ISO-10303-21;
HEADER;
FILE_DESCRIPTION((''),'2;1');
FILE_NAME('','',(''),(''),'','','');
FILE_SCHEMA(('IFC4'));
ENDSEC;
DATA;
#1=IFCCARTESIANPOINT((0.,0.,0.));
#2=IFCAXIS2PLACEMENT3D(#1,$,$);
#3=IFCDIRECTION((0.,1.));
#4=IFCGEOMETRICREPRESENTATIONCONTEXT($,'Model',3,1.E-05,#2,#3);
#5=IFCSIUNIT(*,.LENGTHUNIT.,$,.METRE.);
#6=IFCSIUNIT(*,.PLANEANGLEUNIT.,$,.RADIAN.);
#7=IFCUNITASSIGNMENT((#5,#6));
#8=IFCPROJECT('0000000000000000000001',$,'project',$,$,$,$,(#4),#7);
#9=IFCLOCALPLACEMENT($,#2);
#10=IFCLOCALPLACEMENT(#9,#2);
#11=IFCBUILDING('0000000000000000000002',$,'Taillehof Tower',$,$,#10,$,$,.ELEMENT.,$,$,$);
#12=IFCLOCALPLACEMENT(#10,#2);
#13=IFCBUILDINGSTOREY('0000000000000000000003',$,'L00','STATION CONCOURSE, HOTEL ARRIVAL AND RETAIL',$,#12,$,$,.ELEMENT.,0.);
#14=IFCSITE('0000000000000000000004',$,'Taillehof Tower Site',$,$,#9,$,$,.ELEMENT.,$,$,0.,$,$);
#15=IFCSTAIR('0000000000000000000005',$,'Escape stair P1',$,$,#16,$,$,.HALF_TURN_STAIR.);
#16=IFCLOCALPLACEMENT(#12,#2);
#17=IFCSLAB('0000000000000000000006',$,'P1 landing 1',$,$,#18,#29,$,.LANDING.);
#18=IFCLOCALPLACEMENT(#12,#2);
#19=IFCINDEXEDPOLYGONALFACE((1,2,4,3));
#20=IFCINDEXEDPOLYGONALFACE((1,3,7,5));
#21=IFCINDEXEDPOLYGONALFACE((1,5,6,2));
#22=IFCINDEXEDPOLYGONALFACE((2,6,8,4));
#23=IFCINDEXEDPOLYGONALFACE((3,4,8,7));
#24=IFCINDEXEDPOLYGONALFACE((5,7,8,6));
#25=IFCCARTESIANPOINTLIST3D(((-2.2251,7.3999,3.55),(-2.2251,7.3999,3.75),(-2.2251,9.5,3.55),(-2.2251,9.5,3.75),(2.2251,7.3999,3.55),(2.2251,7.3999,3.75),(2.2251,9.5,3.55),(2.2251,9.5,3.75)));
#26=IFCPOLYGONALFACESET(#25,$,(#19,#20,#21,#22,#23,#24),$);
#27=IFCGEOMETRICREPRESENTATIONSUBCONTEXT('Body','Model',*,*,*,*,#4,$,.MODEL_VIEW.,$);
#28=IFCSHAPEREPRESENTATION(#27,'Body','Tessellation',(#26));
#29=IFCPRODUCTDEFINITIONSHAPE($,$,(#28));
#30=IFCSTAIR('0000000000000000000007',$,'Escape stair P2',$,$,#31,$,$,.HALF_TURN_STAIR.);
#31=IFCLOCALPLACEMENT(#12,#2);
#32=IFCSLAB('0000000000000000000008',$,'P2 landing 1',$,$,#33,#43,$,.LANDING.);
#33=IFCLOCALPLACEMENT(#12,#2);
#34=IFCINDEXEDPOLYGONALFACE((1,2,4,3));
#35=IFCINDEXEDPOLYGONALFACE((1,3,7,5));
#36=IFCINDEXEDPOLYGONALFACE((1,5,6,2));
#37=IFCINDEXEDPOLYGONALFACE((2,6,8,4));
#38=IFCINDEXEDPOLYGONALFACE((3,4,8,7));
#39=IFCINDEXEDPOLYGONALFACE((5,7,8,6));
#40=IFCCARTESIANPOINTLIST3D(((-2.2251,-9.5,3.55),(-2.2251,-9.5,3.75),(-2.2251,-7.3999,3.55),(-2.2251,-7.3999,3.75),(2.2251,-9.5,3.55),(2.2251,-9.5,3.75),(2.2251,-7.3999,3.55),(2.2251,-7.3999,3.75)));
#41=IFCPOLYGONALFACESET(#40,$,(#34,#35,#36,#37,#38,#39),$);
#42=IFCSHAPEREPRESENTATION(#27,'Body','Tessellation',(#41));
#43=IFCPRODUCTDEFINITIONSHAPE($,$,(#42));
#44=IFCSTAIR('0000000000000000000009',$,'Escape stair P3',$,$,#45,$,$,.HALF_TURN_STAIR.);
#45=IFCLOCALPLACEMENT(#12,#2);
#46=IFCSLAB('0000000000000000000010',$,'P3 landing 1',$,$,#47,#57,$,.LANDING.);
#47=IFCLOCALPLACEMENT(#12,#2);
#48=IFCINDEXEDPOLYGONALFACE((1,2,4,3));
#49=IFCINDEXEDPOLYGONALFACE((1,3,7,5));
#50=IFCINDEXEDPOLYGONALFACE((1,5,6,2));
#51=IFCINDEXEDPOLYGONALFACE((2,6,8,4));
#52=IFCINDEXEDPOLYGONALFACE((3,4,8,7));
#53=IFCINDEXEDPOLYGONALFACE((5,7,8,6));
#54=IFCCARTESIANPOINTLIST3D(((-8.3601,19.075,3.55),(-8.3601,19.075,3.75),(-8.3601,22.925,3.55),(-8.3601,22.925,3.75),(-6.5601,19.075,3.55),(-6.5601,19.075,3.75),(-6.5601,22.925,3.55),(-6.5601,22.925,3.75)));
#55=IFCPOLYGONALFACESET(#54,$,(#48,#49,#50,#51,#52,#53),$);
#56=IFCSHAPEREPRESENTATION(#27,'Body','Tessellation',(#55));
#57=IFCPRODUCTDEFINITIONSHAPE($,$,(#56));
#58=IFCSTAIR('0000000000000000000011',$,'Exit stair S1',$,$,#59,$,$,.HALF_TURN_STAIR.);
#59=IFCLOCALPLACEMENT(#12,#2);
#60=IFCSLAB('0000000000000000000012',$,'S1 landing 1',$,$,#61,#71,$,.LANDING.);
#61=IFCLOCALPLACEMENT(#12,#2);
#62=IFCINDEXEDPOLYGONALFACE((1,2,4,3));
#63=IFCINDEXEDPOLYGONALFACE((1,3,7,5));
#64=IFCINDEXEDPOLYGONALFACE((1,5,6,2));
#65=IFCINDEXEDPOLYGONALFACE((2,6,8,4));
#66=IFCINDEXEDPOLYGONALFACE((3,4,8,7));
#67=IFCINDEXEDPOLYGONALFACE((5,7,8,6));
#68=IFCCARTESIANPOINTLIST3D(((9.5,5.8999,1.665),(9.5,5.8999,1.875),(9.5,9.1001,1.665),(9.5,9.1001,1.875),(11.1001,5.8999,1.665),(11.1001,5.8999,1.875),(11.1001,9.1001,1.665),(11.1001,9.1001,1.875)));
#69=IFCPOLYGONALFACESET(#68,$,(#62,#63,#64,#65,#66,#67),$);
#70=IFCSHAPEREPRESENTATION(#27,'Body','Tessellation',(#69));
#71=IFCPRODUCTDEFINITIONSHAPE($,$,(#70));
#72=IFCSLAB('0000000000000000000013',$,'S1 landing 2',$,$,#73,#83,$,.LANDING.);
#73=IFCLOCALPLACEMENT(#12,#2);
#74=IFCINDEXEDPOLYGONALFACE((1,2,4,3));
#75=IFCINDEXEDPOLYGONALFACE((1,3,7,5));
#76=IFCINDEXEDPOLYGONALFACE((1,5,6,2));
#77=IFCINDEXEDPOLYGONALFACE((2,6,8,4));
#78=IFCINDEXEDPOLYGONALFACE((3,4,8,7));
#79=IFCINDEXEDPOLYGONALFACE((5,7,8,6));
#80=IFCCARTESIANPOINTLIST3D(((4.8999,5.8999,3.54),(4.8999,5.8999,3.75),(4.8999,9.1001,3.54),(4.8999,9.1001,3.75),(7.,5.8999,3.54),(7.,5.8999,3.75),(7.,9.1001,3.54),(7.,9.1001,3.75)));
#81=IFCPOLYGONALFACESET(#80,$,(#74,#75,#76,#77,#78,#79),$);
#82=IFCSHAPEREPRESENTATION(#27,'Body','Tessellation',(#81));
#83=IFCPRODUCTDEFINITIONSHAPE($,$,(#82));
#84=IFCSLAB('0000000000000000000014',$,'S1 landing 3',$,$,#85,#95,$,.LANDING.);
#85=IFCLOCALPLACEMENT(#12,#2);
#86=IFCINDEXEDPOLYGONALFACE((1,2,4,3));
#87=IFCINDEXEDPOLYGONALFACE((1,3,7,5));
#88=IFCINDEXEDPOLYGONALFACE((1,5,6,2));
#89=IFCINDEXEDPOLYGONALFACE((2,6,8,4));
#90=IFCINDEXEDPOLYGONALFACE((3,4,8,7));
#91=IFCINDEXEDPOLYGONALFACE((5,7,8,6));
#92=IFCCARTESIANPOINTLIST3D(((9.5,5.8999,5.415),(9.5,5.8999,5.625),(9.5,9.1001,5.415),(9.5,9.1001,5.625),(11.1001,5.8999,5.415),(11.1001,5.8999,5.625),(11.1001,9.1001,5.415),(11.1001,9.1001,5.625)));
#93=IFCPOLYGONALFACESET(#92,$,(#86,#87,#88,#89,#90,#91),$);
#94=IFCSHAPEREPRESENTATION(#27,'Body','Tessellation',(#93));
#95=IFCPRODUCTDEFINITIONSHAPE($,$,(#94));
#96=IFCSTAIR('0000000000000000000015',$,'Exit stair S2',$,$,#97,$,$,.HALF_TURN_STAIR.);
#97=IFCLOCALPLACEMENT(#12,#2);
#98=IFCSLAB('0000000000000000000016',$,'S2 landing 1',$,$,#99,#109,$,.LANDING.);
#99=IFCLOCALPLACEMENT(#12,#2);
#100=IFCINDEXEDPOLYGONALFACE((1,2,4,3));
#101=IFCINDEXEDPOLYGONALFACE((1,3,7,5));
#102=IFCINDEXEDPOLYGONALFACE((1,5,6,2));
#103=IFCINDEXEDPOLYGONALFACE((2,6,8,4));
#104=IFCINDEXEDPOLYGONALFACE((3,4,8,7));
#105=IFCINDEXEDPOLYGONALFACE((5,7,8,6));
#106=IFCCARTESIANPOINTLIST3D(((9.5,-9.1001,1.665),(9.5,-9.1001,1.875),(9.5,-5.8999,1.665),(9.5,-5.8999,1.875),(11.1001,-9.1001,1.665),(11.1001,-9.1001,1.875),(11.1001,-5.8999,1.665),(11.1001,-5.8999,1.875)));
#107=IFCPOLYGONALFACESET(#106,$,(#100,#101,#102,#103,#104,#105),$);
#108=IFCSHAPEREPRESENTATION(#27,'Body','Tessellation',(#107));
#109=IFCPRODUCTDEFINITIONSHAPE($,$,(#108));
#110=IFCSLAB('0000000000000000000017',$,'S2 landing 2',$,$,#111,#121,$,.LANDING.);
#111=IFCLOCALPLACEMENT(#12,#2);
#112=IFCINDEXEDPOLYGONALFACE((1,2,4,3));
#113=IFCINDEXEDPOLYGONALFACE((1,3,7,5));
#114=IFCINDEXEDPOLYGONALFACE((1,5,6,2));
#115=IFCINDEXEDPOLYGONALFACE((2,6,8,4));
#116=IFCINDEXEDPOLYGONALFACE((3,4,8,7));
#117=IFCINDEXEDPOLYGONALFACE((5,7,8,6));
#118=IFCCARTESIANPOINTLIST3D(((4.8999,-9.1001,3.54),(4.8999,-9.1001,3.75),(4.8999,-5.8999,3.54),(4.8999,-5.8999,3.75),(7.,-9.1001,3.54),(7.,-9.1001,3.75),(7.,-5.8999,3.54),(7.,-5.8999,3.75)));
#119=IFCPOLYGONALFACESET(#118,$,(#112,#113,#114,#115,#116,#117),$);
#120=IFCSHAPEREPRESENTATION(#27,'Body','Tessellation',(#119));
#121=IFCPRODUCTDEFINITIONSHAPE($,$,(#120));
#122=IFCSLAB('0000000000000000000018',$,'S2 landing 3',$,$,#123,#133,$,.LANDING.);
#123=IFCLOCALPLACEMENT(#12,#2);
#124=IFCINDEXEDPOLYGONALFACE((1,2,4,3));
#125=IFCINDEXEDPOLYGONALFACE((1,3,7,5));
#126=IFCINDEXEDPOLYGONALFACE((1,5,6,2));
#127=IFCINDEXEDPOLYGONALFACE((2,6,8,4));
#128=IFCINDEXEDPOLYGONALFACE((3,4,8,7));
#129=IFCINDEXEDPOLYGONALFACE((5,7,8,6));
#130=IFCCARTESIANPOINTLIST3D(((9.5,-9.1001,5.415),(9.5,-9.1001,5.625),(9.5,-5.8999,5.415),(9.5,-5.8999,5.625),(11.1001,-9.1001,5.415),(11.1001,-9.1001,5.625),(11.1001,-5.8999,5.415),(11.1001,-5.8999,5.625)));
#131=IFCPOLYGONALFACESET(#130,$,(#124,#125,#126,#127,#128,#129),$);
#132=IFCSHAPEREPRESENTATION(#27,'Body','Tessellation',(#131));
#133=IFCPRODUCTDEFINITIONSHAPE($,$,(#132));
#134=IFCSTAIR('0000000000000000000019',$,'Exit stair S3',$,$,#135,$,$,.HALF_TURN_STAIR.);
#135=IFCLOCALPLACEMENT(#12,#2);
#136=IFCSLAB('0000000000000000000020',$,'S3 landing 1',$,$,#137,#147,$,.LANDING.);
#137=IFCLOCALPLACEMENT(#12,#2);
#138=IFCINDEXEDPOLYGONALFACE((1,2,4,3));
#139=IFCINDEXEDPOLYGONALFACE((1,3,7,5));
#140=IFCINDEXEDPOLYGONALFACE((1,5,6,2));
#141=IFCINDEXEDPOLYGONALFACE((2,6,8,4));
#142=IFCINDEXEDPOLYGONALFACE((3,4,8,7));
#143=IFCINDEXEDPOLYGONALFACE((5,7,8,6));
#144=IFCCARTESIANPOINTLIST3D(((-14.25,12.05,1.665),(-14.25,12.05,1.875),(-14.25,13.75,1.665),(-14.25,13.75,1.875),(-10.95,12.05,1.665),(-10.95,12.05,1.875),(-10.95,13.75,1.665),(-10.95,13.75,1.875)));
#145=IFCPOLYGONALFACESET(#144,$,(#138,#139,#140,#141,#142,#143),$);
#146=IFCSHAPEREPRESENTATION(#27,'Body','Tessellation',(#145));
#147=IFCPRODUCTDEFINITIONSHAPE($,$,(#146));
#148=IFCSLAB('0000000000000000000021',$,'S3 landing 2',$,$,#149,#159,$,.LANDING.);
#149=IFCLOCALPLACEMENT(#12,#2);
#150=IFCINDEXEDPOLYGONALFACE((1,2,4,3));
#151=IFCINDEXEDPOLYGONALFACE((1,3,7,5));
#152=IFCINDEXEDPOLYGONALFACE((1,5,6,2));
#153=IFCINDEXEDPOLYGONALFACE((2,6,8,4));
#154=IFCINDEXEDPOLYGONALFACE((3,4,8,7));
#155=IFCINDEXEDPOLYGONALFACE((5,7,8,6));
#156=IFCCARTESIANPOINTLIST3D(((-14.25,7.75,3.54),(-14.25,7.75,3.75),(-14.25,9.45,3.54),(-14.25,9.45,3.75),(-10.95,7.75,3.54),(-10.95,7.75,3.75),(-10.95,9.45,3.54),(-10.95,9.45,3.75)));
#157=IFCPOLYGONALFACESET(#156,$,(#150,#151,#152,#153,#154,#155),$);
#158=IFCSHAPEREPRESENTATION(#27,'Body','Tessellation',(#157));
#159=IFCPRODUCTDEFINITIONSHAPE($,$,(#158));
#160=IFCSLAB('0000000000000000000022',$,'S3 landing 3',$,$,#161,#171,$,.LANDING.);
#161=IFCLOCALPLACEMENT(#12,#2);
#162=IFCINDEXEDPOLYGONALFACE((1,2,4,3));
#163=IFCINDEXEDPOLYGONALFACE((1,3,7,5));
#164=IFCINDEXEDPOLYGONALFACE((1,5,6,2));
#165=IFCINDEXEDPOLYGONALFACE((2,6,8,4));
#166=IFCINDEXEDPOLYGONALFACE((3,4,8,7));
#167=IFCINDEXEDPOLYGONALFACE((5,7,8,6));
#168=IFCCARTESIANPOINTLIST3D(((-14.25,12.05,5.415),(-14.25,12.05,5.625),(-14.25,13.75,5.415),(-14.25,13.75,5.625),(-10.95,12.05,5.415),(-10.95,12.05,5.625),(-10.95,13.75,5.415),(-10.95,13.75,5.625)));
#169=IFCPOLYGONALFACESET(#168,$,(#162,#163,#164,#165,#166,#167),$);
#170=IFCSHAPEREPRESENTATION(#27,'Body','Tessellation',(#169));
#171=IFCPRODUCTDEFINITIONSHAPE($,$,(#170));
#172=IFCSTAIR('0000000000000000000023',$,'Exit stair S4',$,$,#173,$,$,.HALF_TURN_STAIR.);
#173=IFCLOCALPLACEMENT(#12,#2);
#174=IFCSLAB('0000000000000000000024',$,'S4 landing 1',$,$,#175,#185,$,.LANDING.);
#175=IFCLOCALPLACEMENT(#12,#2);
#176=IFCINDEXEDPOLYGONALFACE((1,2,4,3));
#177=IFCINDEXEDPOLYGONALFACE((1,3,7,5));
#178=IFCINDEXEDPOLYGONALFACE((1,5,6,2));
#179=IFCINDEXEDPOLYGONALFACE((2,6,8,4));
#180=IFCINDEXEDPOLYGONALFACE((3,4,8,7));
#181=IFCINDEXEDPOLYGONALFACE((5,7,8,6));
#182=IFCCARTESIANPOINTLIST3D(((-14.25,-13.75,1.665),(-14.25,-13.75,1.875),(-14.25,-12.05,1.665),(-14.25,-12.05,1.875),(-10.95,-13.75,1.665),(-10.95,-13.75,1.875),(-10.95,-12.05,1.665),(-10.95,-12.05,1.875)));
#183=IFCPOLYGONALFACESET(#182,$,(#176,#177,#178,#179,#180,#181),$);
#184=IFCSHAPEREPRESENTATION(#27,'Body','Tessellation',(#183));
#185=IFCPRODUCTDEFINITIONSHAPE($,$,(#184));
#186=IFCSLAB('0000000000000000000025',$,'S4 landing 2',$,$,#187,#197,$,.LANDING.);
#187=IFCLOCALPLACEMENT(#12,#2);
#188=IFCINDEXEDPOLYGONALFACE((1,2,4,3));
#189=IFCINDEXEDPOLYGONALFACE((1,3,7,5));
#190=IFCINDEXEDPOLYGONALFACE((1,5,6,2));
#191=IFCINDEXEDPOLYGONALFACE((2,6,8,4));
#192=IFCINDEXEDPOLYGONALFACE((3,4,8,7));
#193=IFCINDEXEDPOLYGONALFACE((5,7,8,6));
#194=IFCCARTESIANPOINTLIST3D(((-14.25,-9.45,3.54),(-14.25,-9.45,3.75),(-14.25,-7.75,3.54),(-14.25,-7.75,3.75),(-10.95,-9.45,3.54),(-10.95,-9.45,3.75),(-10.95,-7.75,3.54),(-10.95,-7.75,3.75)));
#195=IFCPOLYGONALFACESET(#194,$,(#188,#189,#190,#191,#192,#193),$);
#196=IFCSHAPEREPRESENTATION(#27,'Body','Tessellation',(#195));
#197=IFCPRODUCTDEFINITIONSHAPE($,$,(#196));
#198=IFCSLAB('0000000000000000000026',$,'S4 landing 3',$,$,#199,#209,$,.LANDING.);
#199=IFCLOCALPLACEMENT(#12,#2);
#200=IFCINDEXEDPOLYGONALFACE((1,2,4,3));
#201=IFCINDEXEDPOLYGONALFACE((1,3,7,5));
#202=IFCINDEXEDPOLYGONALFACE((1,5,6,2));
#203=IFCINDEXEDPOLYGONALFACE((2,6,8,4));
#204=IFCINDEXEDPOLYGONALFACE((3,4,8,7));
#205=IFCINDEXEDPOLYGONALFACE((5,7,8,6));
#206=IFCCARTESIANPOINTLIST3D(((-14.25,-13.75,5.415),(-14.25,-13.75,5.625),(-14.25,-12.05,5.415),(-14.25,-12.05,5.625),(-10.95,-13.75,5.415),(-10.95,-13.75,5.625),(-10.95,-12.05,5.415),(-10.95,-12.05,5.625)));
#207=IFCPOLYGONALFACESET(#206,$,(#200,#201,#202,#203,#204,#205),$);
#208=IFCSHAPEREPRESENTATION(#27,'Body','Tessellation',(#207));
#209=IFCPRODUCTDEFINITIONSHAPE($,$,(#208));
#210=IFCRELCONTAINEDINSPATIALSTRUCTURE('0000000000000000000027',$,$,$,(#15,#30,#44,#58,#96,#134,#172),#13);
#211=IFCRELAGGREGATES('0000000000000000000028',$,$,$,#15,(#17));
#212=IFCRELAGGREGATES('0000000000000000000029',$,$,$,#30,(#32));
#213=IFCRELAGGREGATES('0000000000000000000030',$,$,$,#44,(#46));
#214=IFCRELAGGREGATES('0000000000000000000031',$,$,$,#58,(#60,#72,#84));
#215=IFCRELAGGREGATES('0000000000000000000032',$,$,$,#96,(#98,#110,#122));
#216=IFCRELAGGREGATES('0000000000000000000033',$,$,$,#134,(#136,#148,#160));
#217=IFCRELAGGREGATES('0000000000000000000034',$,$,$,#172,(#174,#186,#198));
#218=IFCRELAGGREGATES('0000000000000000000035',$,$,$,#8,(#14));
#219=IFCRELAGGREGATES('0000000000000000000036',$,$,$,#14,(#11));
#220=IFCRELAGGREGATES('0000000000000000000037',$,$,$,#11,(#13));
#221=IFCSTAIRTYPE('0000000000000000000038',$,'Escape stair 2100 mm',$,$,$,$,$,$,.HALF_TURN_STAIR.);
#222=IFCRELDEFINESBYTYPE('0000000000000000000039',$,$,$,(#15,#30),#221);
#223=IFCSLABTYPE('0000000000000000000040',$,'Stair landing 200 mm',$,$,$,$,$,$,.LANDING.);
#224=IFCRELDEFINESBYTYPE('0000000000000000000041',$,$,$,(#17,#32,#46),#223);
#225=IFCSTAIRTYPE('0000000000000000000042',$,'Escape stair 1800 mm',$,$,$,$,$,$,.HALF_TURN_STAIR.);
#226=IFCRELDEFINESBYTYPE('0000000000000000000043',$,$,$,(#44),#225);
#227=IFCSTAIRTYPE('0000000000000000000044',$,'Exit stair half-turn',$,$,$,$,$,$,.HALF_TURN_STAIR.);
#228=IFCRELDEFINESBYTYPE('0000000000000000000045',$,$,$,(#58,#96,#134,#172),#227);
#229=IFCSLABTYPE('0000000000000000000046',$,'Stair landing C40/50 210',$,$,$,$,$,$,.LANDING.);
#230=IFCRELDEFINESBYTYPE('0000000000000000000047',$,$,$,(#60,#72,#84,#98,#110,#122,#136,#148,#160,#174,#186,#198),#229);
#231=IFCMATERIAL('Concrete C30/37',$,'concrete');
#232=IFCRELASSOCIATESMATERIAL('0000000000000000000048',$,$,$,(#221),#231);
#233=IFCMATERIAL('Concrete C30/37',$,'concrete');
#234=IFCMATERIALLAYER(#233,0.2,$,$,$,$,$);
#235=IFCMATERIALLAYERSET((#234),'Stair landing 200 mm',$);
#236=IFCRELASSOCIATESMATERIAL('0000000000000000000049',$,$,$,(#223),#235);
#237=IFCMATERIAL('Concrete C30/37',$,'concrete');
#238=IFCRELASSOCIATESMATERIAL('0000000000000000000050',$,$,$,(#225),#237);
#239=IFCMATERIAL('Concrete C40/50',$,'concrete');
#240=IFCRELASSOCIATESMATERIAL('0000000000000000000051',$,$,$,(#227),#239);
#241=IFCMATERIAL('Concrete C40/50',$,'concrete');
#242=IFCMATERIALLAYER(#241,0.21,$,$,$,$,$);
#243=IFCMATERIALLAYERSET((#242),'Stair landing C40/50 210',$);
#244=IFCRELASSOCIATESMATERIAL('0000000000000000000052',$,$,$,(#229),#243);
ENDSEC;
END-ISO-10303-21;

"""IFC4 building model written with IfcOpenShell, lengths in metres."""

from ifc_helpers import new_model, si_unit, direction, frame, origin, place, context, subcontext, project, spatial, polyline, outline, extrude, material, layer, layer_set, type_object, element, aggregate, save


model = new_model("IFC4")

# Units and contexts
model_context = context("Model", 3, precision=1e-05, world=origin(), true_north=direction((0.0, 1.0)))
body_context = subcontext(model_context, "Body", "Model", "MODEL_VIEW")
ifc_project = project(units=[si_unit("LENGTHUNIT", "METRE"), si_unit("PLANEANGLEUNIT", "RADIAN")], contexts=[model_context])

# Site, building, storey
site_placement = place(None, origin())
site = spatial("IfcSite", under=ifc_project, at=site_placement, Name="Taillehof Tower Site", CompositionType="ELEMENT", RefElevation=0.0)
building_placement = place(site_placement, origin())
building = spatial("IfcBuilding", under=site, at=building_placement, Name="Taillehof Tower", CompositionType="ELEMENT")
storey_placement = place(building_placement, origin())
storey = spatial("IfcBuildingStorey", under=building, at=storey_placement, Name="L00", Description="STATION CONCOURSE, HOTEL ARRIVAL AND RETAIL", CompositionType="ELEMENT", Elevation=0.0)

# Stairs, slabs
ifc_material_1 = material(Name="Concrete C30/37", Category="concrete")
stair_type_1 = type_object("IfcStairType", Name="Escape stair 2100 mm", PredefinedType="HALF_TURN_STAIR", material=ifc_material_1)
stair_1_placement = place(storey_placement, origin())
stair_1 = element("IfcStair", 1, at=stair_1_placement, inside=storey, type_object=stair_type_1, Name="Escape stair P1", PredefinedType="HALF_TURN_STAIR")
ifc_material_2 = material(Name="Concrete C30/37", Category="concrete")
ifc_layer_1 = layer(ifc_material_2, 0.2)
ifc_layer_set_1 = layer_set([ifc_layer_1], Name="Stair landing 200 mm")
slab_type_1 = type_object("IfcSlabType", Name="Stair landing 200 mm", PredefinedType="LANDING", material=ifc_layer_set_1)
slab_1_placement = place(storey_placement, frame((0.0, 0.0, 3.55)))
slab_1 = element("IfcSlab", 2, at=slab_1_placement, type_object=slab_type_1, Name="P1 landing 1", PredefinedType="LANDING", context=body_context, shape_type="SweptSolid", body=[
    extrude(outline(polyline([(2.2251, 9.5), (-2.2251, 9.5), (-2.2251, 7.3999), (2.2251, 7.3999), (2.2251, 9.5)])), origin(), (0.0, 0.0, 1.0), 0.2),
])
aggregate(stair_1, [slab_1])
stair_2_placement = place(storey_placement, origin())
stair_2 = element("IfcStair", 3, at=stair_2_placement, inside=storey, type_object=stair_type_1, Name="Escape stair P2", PredefinedType="HALF_TURN_STAIR")
slab_2_placement = place(storey_placement, frame((0.0, 0.0, 3.55)))
slab_2 = element("IfcSlab", 4, at=slab_2_placement, type_object=slab_type_1, Name="P2 landing 1", PredefinedType="LANDING", context=body_context, shape_type="SweptSolid", body=[
    extrude(outline(polyline([(-2.2251, -9.5), (2.2251, -9.5), (2.2251, -7.3999), (-2.2251, -7.3999), (-2.2251, -9.5)])), origin(), (0.0, 0.0, 1.0), 0.2),
])
aggregate(stair_2, [slab_2])
ifc_material_3 = material(Name="Concrete C30/37", Category="concrete")
stair_type_2 = type_object("IfcStairType", Name="Escape stair 1800 mm", PredefinedType="HALF_TURN_STAIR", material=ifc_material_3)
stair_3_placement = place(storey_placement, origin())
stair_3 = element("IfcStair", 5, at=stair_3_placement, inside=storey, type_object=stair_type_2, Name="Escape stair P3", PredefinedType="HALF_TURN_STAIR")
slab_3_placement = place(storey_placement, frame((0.0, 0.0, 3.55)))
slab_3 = element("IfcSlab", 6, at=slab_3_placement, type_object=slab_type_1, Name="P3 landing 1", PredefinedType="LANDING", context=body_context, shape_type="SweptSolid", body=[
    extrude(outline(polyline([(-6.5601, 19.075), (-6.5601, 22.925), (-8.3601, 22.925), (-8.3601, 19.075), (-6.5601, 19.075)])), origin(), (0.0, 0.0, 1.0), 0.2),
])
aggregate(stair_3, [slab_3])

# Stairs, slabs
ifc_material_4 = material(Name="Concrete C40/50", Category="concrete")
stair_type_3 = type_object("IfcStairType", Name="Exit stair half-turn", PredefinedType="HALF_TURN_STAIR", material=ifc_material_4)
stair_4_placement = place(storey_placement, origin())
stair_4 = element("IfcStair", 7, at=stair_4_placement, inside=storey, type_object=stair_type_3, Name="Exit stair S1", PredefinedType="HALF_TURN_STAIR")
ifc_material_5 = material(Name="Concrete C40/50", Category="concrete")
ifc_layer_2 = layer(ifc_material_5, 0.21)
ifc_layer_set_2 = layer_set([ifc_layer_2], Name="Stair landing C40/50 210")
slab_type_2 = type_object("IfcSlabType", Name="Stair landing C40/50 210", PredefinedType="LANDING", material=ifc_layer_set_2)
slab_4_placement = place(storey_placement, frame((0.0, 0.0, 1.665)))
slab_4 = element("IfcSlab", 8, at=slab_4_placement, type_object=slab_type_2, Name="S1 landing 1", PredefinedType="LANDING", context=body_context, shape_type="SweptSolid", body=[
    extrude(outline(polyline([(9.5, 5.8999), (11.1001, 5.8999), (11.1001, 9.1001), (9.5, 9.1001), (9.5, 5.8999)])), origin(), (0.0, 0.0, 1.0), 0.21),
])
slab_5_placement = place(storey_placement, frame((0.0, 0.0, 3.54)))
slab_5 = element("IfcSlab", 9, at=slab_5_placement, type_object=slab_type_2, Name="S1 landing 2", PredefinedType="LANDING", context=body_context, shape_type="SweptSolid", body=[
    extrude(outline(polyline([(4.8999, 5.8999), (7.0, 5.8999), (7.0, 9.1001), (4.8999, 9.1001), (4.8999, 5.8999)])), origin(), (0.0, 0.0, 1.0), 0.21),
])
slab_6_placement = place(storey_placement, frame((0.0, 0.0, 5.415)))
slab_6 = element("IfcSlab", 10, at=slab_6_placement, type_object=slab_type_2, Name="S1 landing 3", PredefinedType="LANDING", context=body_context, shape_type="SweptSolid", body=[
    extrude(outline(polyline([(9.5, 5.8999), (11.1001, 5.8999), (11.1001, 9.1001), (9.5, 9.1001), (9.5, 5.8999)])), origin(), (0.0, 0.0, 1.0), 0.21),
])
aggregate(stair_4, [slab_4, slab_5, slab_6])
stair_5_placement = place(storey_placement, origin())
stair_5 = element("IfcStair", 11, at=stair_5_placement, inside=storey, type_object=stair_type_3, Name="Exit stair S2", PredefinedType="HALF_TURN_STAIR")
slab_7_placement = place(storey_placement, frame((0.0, 0.0, 1.665)))
slab_7 = element("IfcSlab", 12, at=slab_7_placement, type_object=slab_type_2, Name="S2 landing 1", PredefinedType="LANDING", context=body_context, shape_type="SweptSolid", body=[
    extrude(outline(polyline([(9.5, -5.8999), (11.1001, -5.8999), (11.1001, -9.1001), (9.5, -9.1001), (9.5, -5.8999)])), origin(), (0.0, 0.0, 1.0), 0.21),
])
slab_8_placement = place(storey_placement, frame((0.0, 0.0, 3.54)))
slab_8 = element("IfcSlab", 13, at=slab_8_placement, type_object=slab_type_2, Name="S2 landing 2", PredefinedType="LANDING", context=body_context, shape_type="SweptSolid", body=[
    extrude(outline(polyline([(4.8999, -5.8999), (7.0, -5.8999), (7.0, -9.1001), (4.8999, -9.1001), (4.8999, -5.8999)])), origin(), (0.0, 0.0, 1.0), 0.21),
])
slab_9_placement = place(storey_placement, frame((0.0, 0.0, 5.415)))
slab_9 = element("IfcSlab", 14, at=slab_9_placement, type_object=slab_type_2, Name="S2 landing 3", PredefinedType="LANDING", context=body_context, shape_type="SweptSolid", body=[
    extrude(outline(polyline([(9.5, -5.8999), (11.1001, -5.8999), (11.1001, -9.1001), (9.5, -9.1001), (9.5, -5.8999)])), origin(), (0.0, 0.0, 1.0), 0.21),
])
aggregate(stair_5, [slab_7, slab_8, slab_9])
stair_6_placement = place(storey_placement, origin())
stair_6 = element("IfcStair", 15, at=stair_6_placement, inside=storey, type_object=stair_type_3, Name="Exit stair S3", PredefinedType="HALF_TURN_STAIR")
slab_10_placement = place(storey_placement, frame((0.0, 0.0, 1.665)))
slab_10 = element("IfcSlab", 16, at=slab_10_placement, type_object=slab_type_2, Name="S3 landing 1", PredefinedType="LANDING", context=body_context, shape_type="SweptSolid", body=[
    extrude(outline(polyline([(-14.25, 12.05), (-14.25, 13.75), (-10.95, 13.75), (-10.95, 12.05), (-14.25, 12.05)])), origin(), (0.0, 0.0, 1.0), 0.21),
])
slab_11_placement = place(storey_placement, frame((0.0, 0.0, 3.54)))
slab_11 = element("IfcSlab", 17, at=slab_11_placement, type_object=slab_type_2, Name="S3 landing 2", PredefinedType="LANDING", context=body_context, shape_type="SweptSolid", body=[
    extrude(outline(polyline([(-14.25, 7.75), (-14.25, 9.45), (-10.95, 9.45), (-10.95, 7.75), (-14.25, 7.75)])), origin(), (0.0, 0.0, 1.0), 0.21),
])
slab_12_placement = place(storey_placement, frame((0.0, 0.0, 5.415)))
slab_12 = element("IfcSlab", 18, at=slab_12_placement, type_object=slab_type_2, Name="S3 landing 3", PredefinedType="LANDING", context=body_context, shape_type="SweptSolid", body=[
    extrude(outline(polyline([(-14.25, 12.05), (-14.25, 13.75), (-10.95, 13.75), (-10.95, 12.05), (-14.25, 12.05)])), origin(), (0.0, 0.0, 1.0), 0.21),
])
aggregate(stair_6, [slab_10, slab_11, slab_12])
stair_7_placement = place(storey_placement, origin())
stair_7 = element("IfcStair", 19, at=stair_7_placement, inside=storey, type_object=stair_type_3, Name="Exit stair S4", PredefinedType="HALF_TURN_STAIR")
slab_13_placement = place(storey_placement, frame((0.0, 0.0, 1.665)))
slab_13 = element("IfcSlab", 20, at=slab_13_placement, type_object=slab_type_2, Name="S4 landing 1", PredefinedType="LANDING", context=body_context, shape_type="SweptSolid", body=[
    extrude(outline(polyline([(-14.25, -12.05), (-14.25, -13.75), (-10.95, -13.75), (-10.95, -12.05), (-14.25, -12.05)])), origin(), (0.0, 0.0, 1.0), 0.21),
])
slab_14_placement = place(storey_placement, frame((0.0, 0.0, 3.54)))
slab_14 = element("IfcSlab", 21, at=slab_14_placement, type_object=slab_type_2, Name="S4 landing 2", PredefinedType="LANDING", context=body_context, shape_type="SweptSolid", body=[
    extrude(outline(polyline([(-14.25, -7.75), (-14.25, -9.45), (-10.95, -9.45), (-10.95, -7.75), (-14.25, -7.75)])), origin(), (0.0, 0.0, 1.0), 0.21),
])
slab_15_placement = place(storey_placement, frame((0.0, 0.0, 5.415)))
slab_15 = element("IfcSlab", 22, at=slab_15_placement, type_object=slab_type_2, Name="S4 landing 3", PredefinedType="LANDING", context=body_context, shape_type="SweptSolid", body=[
    extrude(outline(polyline([(-14.25, -12.05), (-14.25, -13.75), (-10.95, -13.75), (-10.95, -12.05), (-14.25, -12.05)])), origin(), (0.0, 0.0, 1.0), 0.21),
])
aggregate(stair_7, [slab_13, slab_14, slab_15])

save(model, "model.ifc")
